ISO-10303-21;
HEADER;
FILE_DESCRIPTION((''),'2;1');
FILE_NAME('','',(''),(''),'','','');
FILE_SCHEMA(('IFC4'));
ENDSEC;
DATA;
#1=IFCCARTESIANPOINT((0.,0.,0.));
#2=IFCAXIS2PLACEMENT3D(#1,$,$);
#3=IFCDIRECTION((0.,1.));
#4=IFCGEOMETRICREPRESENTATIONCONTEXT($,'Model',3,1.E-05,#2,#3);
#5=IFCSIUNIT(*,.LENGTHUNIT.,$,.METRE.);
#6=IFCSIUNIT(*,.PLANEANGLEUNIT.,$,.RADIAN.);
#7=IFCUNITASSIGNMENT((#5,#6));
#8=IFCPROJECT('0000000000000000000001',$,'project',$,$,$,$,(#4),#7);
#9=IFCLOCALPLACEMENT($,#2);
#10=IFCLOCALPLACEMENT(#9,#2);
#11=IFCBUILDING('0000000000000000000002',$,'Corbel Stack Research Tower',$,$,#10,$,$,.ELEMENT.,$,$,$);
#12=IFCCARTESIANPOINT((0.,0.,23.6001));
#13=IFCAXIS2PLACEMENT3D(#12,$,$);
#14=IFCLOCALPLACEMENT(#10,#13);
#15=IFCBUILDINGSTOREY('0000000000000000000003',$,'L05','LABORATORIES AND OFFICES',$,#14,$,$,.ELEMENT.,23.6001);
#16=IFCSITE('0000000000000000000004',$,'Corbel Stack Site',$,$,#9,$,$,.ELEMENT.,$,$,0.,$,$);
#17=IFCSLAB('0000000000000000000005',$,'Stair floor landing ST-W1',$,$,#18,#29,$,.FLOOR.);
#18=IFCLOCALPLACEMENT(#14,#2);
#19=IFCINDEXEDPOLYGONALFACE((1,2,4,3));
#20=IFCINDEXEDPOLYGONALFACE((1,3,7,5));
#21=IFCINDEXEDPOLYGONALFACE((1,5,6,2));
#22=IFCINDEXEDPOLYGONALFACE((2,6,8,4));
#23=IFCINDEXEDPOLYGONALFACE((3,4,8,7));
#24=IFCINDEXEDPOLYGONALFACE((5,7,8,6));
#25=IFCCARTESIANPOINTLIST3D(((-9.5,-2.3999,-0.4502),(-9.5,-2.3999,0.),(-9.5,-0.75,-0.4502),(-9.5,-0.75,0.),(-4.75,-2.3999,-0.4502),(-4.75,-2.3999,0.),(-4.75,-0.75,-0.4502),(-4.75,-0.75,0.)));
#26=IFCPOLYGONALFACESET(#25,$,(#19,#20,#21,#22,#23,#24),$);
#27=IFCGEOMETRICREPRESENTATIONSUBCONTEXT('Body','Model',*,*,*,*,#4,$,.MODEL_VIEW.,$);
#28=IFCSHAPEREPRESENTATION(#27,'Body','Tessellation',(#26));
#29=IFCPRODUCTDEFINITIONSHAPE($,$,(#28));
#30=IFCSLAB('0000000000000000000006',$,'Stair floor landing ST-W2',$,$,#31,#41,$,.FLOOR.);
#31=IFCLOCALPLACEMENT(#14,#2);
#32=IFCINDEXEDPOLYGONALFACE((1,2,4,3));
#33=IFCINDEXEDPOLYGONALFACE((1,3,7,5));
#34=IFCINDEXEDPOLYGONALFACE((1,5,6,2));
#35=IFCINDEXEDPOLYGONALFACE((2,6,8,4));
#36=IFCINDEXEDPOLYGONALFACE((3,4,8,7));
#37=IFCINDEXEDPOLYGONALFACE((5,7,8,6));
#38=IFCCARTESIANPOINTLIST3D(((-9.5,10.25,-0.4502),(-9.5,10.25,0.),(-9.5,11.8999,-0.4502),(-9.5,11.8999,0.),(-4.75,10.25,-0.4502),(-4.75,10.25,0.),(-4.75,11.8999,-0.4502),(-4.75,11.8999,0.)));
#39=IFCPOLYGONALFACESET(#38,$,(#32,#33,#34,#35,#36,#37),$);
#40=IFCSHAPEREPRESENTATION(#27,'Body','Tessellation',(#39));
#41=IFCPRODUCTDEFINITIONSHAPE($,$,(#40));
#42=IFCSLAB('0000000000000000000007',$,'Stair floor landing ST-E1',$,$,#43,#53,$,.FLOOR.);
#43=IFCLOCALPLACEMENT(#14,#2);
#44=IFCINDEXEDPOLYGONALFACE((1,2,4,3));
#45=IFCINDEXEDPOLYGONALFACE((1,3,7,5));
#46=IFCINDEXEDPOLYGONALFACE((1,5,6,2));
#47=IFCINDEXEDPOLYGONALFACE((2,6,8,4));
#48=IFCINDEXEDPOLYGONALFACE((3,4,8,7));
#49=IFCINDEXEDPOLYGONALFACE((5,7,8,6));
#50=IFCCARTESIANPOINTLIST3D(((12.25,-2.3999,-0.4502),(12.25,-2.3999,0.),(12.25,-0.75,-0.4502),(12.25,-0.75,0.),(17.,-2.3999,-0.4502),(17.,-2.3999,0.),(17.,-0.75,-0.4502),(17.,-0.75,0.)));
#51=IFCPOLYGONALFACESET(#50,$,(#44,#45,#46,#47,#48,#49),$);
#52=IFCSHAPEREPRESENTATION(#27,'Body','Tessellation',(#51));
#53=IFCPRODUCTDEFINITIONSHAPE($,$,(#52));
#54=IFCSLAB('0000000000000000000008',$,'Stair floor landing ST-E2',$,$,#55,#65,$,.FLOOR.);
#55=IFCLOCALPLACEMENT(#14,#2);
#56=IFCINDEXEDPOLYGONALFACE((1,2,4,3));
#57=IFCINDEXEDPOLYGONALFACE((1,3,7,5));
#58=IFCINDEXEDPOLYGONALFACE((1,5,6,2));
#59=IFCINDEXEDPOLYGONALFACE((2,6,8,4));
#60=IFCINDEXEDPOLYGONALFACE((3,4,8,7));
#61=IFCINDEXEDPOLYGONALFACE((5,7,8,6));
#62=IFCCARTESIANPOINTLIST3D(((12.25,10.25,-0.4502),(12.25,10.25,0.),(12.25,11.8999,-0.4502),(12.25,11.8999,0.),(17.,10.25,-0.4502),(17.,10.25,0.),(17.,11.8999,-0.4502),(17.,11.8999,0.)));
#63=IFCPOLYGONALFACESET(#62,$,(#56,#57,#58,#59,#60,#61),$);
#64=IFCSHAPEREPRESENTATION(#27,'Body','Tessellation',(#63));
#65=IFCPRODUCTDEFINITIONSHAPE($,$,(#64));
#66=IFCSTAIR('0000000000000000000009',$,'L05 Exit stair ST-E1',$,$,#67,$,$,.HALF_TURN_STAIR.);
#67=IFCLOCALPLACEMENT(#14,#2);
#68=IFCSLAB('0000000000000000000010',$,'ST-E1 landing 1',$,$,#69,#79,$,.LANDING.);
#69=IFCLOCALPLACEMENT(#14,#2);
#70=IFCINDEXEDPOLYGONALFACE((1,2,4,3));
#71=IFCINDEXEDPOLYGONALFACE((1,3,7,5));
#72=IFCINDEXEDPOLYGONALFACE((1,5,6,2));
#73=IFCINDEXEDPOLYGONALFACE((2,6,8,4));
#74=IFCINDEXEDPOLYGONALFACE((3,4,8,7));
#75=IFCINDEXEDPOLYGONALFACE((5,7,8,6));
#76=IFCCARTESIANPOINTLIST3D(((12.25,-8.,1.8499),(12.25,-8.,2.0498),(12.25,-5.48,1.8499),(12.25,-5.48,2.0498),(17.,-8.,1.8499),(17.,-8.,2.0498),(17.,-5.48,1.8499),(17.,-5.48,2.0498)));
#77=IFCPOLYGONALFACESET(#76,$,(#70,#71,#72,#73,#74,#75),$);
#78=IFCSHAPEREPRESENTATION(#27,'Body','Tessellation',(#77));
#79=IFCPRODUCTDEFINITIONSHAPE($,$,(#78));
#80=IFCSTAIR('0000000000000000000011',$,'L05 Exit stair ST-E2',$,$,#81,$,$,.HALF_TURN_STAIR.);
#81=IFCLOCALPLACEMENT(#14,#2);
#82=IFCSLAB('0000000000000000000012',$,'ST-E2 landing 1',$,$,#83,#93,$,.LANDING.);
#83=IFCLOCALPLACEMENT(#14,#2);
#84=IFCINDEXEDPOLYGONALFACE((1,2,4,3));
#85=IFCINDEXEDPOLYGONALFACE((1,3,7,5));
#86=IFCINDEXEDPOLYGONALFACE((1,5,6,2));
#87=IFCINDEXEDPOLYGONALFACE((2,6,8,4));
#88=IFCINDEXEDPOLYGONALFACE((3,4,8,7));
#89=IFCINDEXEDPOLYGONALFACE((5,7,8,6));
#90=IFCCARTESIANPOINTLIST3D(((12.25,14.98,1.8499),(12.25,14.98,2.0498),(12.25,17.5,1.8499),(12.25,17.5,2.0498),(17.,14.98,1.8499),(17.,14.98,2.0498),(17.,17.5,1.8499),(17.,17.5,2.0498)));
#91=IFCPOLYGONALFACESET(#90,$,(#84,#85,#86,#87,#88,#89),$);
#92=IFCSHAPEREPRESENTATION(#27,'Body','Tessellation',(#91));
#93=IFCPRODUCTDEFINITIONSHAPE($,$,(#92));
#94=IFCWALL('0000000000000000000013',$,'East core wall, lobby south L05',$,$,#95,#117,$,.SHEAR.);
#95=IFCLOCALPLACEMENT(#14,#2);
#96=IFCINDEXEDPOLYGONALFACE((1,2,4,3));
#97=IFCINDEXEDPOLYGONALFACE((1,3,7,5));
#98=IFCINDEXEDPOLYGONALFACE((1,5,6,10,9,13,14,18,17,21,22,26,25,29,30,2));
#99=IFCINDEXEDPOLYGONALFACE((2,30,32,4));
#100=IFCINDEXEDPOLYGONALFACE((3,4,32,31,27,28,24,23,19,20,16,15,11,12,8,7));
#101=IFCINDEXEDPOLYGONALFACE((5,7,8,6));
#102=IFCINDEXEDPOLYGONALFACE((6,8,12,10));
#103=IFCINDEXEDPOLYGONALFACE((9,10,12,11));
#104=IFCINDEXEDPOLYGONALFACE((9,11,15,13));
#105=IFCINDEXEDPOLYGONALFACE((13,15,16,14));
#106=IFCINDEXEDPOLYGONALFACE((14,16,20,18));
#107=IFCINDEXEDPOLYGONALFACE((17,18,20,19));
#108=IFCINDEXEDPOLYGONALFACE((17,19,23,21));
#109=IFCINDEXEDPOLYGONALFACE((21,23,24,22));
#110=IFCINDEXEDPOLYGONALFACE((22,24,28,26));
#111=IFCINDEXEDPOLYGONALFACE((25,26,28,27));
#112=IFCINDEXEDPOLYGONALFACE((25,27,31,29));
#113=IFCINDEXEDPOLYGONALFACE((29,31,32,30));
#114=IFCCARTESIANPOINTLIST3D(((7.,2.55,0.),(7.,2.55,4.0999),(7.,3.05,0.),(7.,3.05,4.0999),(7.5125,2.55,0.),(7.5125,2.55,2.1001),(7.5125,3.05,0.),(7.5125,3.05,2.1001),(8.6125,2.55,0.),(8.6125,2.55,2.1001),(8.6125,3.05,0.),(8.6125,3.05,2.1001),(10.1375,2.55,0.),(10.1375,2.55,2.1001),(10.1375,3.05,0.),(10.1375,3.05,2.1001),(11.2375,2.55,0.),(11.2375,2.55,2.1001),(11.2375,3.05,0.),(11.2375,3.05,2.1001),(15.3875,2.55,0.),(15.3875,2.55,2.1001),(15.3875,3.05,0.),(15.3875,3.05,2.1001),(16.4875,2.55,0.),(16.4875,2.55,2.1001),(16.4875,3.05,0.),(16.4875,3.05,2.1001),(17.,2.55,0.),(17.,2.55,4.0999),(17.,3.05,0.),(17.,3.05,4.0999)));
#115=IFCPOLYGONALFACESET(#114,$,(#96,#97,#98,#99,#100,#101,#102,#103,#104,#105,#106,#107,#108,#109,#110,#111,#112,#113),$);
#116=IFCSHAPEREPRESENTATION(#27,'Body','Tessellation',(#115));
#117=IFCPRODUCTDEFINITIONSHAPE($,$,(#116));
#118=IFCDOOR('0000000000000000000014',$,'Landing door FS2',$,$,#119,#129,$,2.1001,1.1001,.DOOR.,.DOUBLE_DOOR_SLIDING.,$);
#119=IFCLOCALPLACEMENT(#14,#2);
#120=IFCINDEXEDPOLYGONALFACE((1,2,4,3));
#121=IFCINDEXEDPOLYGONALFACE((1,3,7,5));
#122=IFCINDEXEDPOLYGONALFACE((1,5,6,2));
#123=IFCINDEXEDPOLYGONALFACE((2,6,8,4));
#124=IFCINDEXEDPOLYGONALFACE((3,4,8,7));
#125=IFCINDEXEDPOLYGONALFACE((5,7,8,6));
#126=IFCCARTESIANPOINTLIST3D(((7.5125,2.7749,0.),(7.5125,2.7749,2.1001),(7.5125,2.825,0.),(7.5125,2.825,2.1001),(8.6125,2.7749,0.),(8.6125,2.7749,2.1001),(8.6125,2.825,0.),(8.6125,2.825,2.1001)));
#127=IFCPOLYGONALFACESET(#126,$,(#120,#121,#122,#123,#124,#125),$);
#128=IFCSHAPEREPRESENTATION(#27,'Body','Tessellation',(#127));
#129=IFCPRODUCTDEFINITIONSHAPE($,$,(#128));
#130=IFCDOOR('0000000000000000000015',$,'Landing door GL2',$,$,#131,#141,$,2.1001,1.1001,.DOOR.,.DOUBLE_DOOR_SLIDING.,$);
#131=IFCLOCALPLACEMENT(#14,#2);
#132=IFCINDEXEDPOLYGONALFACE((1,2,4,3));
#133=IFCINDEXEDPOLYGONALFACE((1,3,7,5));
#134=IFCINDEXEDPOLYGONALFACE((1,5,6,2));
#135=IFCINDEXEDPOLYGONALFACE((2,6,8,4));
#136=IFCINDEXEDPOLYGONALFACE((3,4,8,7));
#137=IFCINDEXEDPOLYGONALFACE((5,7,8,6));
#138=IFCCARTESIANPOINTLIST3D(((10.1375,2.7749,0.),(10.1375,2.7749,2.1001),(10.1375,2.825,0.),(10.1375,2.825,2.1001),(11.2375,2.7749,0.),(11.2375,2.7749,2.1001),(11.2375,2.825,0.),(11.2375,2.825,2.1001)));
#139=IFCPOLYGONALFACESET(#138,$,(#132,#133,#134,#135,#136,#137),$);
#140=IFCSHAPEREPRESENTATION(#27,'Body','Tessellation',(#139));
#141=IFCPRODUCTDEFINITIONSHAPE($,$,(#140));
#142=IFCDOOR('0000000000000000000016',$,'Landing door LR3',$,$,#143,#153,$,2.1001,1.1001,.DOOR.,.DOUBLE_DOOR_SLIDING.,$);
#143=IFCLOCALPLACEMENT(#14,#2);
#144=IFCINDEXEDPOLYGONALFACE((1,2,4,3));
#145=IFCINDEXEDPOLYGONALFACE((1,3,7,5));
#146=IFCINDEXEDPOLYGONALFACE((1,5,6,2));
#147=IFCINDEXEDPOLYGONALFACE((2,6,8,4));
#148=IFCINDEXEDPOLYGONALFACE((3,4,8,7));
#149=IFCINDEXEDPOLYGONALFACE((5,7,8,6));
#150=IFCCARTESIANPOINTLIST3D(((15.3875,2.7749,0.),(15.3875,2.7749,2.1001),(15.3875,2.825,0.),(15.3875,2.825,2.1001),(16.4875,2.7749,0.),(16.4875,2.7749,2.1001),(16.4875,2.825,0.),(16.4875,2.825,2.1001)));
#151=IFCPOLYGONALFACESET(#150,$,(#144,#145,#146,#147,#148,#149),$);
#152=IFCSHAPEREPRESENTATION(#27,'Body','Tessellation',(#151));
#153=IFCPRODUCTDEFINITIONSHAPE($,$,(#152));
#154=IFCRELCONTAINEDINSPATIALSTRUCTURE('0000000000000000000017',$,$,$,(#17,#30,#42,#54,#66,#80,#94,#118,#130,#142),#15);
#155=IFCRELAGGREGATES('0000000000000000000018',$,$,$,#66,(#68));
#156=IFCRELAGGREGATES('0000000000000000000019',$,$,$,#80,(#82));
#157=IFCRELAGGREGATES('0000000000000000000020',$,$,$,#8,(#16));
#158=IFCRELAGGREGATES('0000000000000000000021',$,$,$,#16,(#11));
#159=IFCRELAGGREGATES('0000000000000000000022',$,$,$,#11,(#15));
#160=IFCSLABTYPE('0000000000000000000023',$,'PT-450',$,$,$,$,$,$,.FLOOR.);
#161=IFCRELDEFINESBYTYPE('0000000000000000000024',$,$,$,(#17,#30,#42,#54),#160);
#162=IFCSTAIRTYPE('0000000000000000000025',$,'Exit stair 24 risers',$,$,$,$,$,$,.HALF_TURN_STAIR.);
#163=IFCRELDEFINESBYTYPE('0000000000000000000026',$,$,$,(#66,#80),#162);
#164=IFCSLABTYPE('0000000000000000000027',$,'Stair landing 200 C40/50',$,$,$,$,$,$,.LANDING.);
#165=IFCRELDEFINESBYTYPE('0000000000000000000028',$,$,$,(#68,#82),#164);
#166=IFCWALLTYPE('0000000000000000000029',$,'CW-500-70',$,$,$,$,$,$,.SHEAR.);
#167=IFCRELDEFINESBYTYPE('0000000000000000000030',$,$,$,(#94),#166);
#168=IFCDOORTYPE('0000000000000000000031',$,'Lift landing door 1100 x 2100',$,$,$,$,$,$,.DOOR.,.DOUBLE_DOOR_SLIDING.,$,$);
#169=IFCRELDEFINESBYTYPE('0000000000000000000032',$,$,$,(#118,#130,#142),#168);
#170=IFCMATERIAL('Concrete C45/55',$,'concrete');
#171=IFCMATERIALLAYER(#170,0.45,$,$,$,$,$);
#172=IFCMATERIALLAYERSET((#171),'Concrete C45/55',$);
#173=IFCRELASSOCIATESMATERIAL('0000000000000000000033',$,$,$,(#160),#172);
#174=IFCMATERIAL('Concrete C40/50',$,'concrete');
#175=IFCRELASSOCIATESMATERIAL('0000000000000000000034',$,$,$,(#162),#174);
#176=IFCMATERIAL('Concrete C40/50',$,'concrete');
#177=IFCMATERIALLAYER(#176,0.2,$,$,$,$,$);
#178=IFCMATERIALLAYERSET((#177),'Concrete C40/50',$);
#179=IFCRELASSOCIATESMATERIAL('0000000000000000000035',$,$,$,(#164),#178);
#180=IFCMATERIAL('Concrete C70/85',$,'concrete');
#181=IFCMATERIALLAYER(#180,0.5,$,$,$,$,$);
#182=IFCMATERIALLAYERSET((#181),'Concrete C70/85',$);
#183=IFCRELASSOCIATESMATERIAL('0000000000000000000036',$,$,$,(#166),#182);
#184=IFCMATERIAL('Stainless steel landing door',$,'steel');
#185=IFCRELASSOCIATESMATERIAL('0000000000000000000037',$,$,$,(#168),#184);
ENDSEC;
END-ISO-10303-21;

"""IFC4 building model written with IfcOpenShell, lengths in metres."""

from ifc_helpers import new_model, si_unit, direction, frame, frame_2d, origin, place, context, subcontext, project, spatial, polyline, rectangle, outline, extrude, material, layer, layer_set, type_object, element, fill, aggregate, save


model = new_model("IFC4")

# Units and contexts
model_context = context("Model", 3, precision=1e-05, world=origin(), true_north=direction((0.0, 1.0)))
body_context = subcontext(model_context, "Body", "Model", "MODEL_VIEW")
ifc_project = project(units=[si_unit("LENGTHUNIT", "METRE"), si_unit("PLANEANGLEUNIT", "RADIAN")], contexts=[model_context])

# Site, building, storey
site_placement = place(None, origin())
site = spatial("IfcSite", under=ifc_project, at=site_placement, Name="Corbel Stack Site", CompositionType="ELEMENT", RefElevation=0.0)
building_placement = place(site_placement, origin())
building = spatial("IfcBuilding", under=site, at=building_placement, Name="Corbel Stack Research Tower", CompositionType="ELEMENT")
storey_placement = place(building_placement, frame((0.0, 0.0, 23.6001)))
storey = spatial("IfcBuildingStorey", under=building, at=storey_placement, Name="L05", Description="LABORATORIES AND OFFICES", CompositionType="ELEMENT", Elevation=23.6001)

# Slabs
ifc_material_1 = material(Name="Concrete C45/55", Category="concrete")
ifc_layer_1 = layer(ifc_material_1, 0.45)
ifc_layer_set_1 = layer_set([ifc_layer_1], Name="Concrete C45/55")
slab_type_1 = type_object("IfcSlabType", Name="PT-450", PredefinedType="FLOOR", material=ifc_layer_set_1)
slab_1_placement = place(storey_placement, frame((0.0, 0.0, -0.4502)))
element("IfcSlab", 1, at=slab_1_placement, inside=storey, type_object=slab_type_1, Name="Stair floor landing ST-W1", PredefinedType="FLOOR", context=body_context, shape_type="SweptSolid", body=[
    extrude(outline(polyline([(-9.5, -2.3999), (-4.75, -2.3999), (-4.75, -0.75), (-9.5, -0.75), (-9.5, -2.3999)])), origin(), (0.0, 0.0, 1.0), 0.4502),
])
slab_2_placement = place(storey_placement, frame((0.0, 0.0, -0.4502)))
element("IfcSlab", 2, at=slab_2_placement, inside=storey, type_object=slab_type_1, Name="Stair floor landing ST-W2", PredefinedType="FLOOR", context=body_context, shape_type="SweptSolid", body=[
    extrude(outline(polyline([(-9.5, 10.25), (-4.75, 10.25), (-4.75, 11.8999), (-9.5, 11.8999), (-9.5, 10.25)])), origin(), (0.0, 0.0, 1.0), 0.4502),
])
slab_3_placement = place(storey_placement, frame((0.0, 0.0, -0.4502)))
element("IfcSlab", 3, at=slab_3_placement, inside=storey, type_object=slab_type_1, Name="Stair floor landing ST-E1", PredefinedType="FLOOR", context=body_context, shape_type="SweptSolid", body=[
    extrude(outline(polyline([(12.25, -2.3999), (17.0, -2.3999), (17.0, -0.75), (12.25, -0.75), (12.25, -2.3999)])), origin(), (0.0, 0.0, 1.0), 0.4502),
])
slab_4_placement = place(storey_placement, frame((0.0, 0.0, -0.4502)))
element("IfcSlab", 4, at=slab_4_placement, inside=storey, type_object=slab_type_1, Name="Stair floor landing ST-E2", PredefinedType="FLOOR", context=body_context, shape_type="SweptSolid", body=[
    extrude(outline(polyline([(12.25, 10.25), (17.0, 10.25), (17.0, 11.8999), (12.25, 11.8999), (12.25, 10.25)])), origin(), (0.0, 0.0, 1.0), 0.4502),
])

# Stairs, slabs
ifc_material_2 = material(Name="Concrete C40/50", Category="concrete")
stair_type = type_object("IfcStairType", Name="Exit stair 24 risers", PredefinedType="HALF_TURN_STAIR", material=ifc_material_2)
stair_1_placement = place(storey_placement, origin())
stair_1 = element("IfcStair", 5, at=stair_1_placement, inside=storey, type_object=stair_type, Name="L05 Exit stair ST-E1", PredefinedType="HALF_TURN_STAIR")
ifc_material_3 = material(Name="Concrete C40/50", Category="concrete")
ifc_layer_2 = layer(ifc_material_3, 0.2)
ifc_layer_set_2 = layer_set([ifc_layer_2], Name="Concrete C40/50")
slab_type_2 = type_object("IfcSlabType", Name="Stair landing 200 C40/50", PredefinedType="LANDING", material=ifc_layer_set_2)
slab_5_placement = place(storey_placement, frame((0.0, 0.0, 1.8499)))
slab_5 = element("IfcSlab", 6, at=slab_5_placement, type_object=slab_type_2, Name="ST-E1 landing 1", PredefinedType="LANDING", context=body_context, shape_type="SweptSolid", body=[
    extrude(outline(polyline([(12.25, -8.0), (12.25, -5.48), (17.0, -5.48), (17.0, -8.0), (12.25, -8.0)])), origin(), (0.0, 0.0, 1.0), 0.2),
])
aggregate(stair_1, [slab_5])
stair_2_placement = place(storey_placement, origin())
stair_2 = element("IfcStair", 7, at=stair_2_placement, inside=storey, type_object=stair_type, Name="L05 Exit stair ST-E2", PredefinedType="HALF_TURN_STAIR")
slab_6_placement = place(storey_placement, frame((0.0, 0.0, 1.8499)))
slab_6 = element("IfcSlab", 8, at=slab_6_placement, type_object=slab_type_2, Name="ST-E2 landing 1", PredefinedType="LANDING", context=body_context, shape_type="SweptSolid", body=[
    extrude(outline(polyline([(12.25, 14.98), (12.25, 17.5), (17.0, 17.5), (17.0, 14.98), (12.25, 14.98)])), origin(), (0.0, 0.0, 1.0), 0.2),
])
aggregate(stair_2, [slab_6])

# Wall, openings, doors
ifc_material_4 = material(Name="Concrete C70/85", Category="concrete")
ifc_layer_3 = layer(ifc_material_4, 0.5)
ifc_layer_set_3 = layer_set([ifc_layer_3], Name="Concrete C70/85")
wall_type_1 = type_object("IfcWallType", Name="CW-500-70", PredefinedType="SHEAR", material=ifc_layer_set_3)
wall_1_placement = place(storey_placement, frame((7.0, 2.8, 0.0), z_axis=(0.0, 0.0, 1.0), x_axis=(1.0, 0.0, 0.0)))
wall_1 = element("IfcWall", 9, at=wall_1_placement, inside=storey, type_object=wall_type_1, Name="East core wall, lobby south L05", PredefinedType="SHEAR", context=body_context, shape_type="SweptSolid", body=[
    extrude(rectangle(XDim=10.0, YDim=0.5, at=frame_2d((5.0, 0.0))), origin(), (0.0, 0.0, 1.0), 4.0999),
])
opening_1_placement = place(wall_1_placement, frame((0.5125, 0.0, 0.0)))
opening_1 = element("IfcOpeningElement", 10, at=opening_1_placement, cuts=wall_1, PredefinedType="OPENING", context=body_context, shape_type="SweptSolid", body=[
    extrude(rectangle(XDim=1.1001, YDim=2.1001, at=frame_2d((0.55, 1.05))), frame((0.0, 0.26, 0.0), z_axis=(0.0, -1.0, 0.0), x_axis=(1.0, 0.0, 0.0)), (0.0, 0.0, 1.0), 0.52),
])
opening_2_placement = place(wall_1_placement, frame((3.1375, 0.0, 0.0)))
opening_2 = element("IfcOpeningElement", 11, at=opening_2_placement, cuts=wall_1, PredefinedType="OPENING", context=body_context, shape_type="SweptSolid", body=[
    extrude(rectangle(XDim=1.1001, YDim=2.1001, at=frame_2d((0.55, 1.05))), frame((0.0, 0.26, 0.0), z_axis=(0.0, -1.0, 0.0), x_axis=(1.0, 0.0, 0.0)), (0.0, 0.0, 1.0), 0.52),
])
opening_3_placement = place(wall_1_placement, frame((8.3875, 0.0, 0.0)))
opening_3 = element("IfcOpeningElement", 12, at=opening_3_placement, cuts=wall_1, PredefinedType="OPENING", context=body_context, shape_type="SweptSolid", body=[
    extrude(rectangle(XDim=1.1001, YDim=2.1001, at=frame_2d((0.55, 1.05))), frame((0.0, 0.26, 0.0), z_axis=(0.0, -1.0, 0.0), x_axis=(1.0, 0.0, 0.0)), (0.0, 0.0, 1.0), 0.52),
])
ifc_material_5 = material(Name="Stainless steel landing door", Category="steel")
door_type_1 = type_object("IfcDoorType", Name="Lift landing door 1100 x 2100", OperationType="DOUBLE_DOOR_SLIDING", PredefinedType="DOOR", material=ifc_material_5)
door_1_placement = place(opening_1_placement, origin())
door_1 = element("IfcDoor", 13, at=door_1_placement, inside=storey, type_object=door_type_1, Name="Landing door FS2", OperationType="DOUBLE_DOOR_SLIDING", OverallHeight=2.1001, OverallWidth=1.1001, PredefinedType="DOOR", context=body_context, shape_type="SweptSolid", body=[
    extrude(rectangle(XDim=1.1001, YDim=2.1001, at=frame_2d((0.55, 1.05))), frame((0.0, 0.0249, 0.0), z_axis=(0.0, -1.0, 0.0), x_axis=(1.0, 0.0, 0.0)), (0.0, 0.0, 1.0), 0.05),
])
fill(opening_1, door_1)
door_2_placement = place(opening_2_placement, origin())
door_2 = element("IfcDoor", 14, at=door_2_placement, inside=storey, type_object=door_type_1, Name="Landing door GL2", OperationType="DOUBLE_DOOR_SLIDING", OverallHeight=2.1001, OverallWidth=1.1001, PredefinedType="DOOR", context=body_context, shape_type="SweptSolid", body=[
    extrude(rectangle(XDim=1.1001, YDim=2.1001, at=frame_2d((0.55, 1.05))), frame((0.0, 0.0249, 0.0), z_axis=(0.0, -1.0, 0.0), x_axis=(1.0, 0.0, 0.0)), (0.0, 0.0, 1.0), 0.05),
])
fill(opening_2, door_2)
door_3_placement = place(opening_3_placement, origin())
door_3 = element("IfcDoor", 15, at=door_3_placement, inside=storey, type_object=door_type_1, Name="Landing door LR3", OperationType="DOUBLE_DOOR_SLIDING", OverallHeight=2.1001, OverallWidth=1.1001, PredefinedType="DOOR", context=body_context, shape_type="SweptSolid", body=[
    extrude(rectangle(XDim=1.1001, YDim=2.1001, at=frame_2d((0.55, 1.05))), frame((0.0, 0.0249, 0.0), z_axis=(0.0, -1.0, 0.0), x_axis=(1.0, 0.0, 0.0)), (0.0, 0.0, 1.0), 0.05),
])
fill(opening_3, door_3)

save(model, "model.ifc")
